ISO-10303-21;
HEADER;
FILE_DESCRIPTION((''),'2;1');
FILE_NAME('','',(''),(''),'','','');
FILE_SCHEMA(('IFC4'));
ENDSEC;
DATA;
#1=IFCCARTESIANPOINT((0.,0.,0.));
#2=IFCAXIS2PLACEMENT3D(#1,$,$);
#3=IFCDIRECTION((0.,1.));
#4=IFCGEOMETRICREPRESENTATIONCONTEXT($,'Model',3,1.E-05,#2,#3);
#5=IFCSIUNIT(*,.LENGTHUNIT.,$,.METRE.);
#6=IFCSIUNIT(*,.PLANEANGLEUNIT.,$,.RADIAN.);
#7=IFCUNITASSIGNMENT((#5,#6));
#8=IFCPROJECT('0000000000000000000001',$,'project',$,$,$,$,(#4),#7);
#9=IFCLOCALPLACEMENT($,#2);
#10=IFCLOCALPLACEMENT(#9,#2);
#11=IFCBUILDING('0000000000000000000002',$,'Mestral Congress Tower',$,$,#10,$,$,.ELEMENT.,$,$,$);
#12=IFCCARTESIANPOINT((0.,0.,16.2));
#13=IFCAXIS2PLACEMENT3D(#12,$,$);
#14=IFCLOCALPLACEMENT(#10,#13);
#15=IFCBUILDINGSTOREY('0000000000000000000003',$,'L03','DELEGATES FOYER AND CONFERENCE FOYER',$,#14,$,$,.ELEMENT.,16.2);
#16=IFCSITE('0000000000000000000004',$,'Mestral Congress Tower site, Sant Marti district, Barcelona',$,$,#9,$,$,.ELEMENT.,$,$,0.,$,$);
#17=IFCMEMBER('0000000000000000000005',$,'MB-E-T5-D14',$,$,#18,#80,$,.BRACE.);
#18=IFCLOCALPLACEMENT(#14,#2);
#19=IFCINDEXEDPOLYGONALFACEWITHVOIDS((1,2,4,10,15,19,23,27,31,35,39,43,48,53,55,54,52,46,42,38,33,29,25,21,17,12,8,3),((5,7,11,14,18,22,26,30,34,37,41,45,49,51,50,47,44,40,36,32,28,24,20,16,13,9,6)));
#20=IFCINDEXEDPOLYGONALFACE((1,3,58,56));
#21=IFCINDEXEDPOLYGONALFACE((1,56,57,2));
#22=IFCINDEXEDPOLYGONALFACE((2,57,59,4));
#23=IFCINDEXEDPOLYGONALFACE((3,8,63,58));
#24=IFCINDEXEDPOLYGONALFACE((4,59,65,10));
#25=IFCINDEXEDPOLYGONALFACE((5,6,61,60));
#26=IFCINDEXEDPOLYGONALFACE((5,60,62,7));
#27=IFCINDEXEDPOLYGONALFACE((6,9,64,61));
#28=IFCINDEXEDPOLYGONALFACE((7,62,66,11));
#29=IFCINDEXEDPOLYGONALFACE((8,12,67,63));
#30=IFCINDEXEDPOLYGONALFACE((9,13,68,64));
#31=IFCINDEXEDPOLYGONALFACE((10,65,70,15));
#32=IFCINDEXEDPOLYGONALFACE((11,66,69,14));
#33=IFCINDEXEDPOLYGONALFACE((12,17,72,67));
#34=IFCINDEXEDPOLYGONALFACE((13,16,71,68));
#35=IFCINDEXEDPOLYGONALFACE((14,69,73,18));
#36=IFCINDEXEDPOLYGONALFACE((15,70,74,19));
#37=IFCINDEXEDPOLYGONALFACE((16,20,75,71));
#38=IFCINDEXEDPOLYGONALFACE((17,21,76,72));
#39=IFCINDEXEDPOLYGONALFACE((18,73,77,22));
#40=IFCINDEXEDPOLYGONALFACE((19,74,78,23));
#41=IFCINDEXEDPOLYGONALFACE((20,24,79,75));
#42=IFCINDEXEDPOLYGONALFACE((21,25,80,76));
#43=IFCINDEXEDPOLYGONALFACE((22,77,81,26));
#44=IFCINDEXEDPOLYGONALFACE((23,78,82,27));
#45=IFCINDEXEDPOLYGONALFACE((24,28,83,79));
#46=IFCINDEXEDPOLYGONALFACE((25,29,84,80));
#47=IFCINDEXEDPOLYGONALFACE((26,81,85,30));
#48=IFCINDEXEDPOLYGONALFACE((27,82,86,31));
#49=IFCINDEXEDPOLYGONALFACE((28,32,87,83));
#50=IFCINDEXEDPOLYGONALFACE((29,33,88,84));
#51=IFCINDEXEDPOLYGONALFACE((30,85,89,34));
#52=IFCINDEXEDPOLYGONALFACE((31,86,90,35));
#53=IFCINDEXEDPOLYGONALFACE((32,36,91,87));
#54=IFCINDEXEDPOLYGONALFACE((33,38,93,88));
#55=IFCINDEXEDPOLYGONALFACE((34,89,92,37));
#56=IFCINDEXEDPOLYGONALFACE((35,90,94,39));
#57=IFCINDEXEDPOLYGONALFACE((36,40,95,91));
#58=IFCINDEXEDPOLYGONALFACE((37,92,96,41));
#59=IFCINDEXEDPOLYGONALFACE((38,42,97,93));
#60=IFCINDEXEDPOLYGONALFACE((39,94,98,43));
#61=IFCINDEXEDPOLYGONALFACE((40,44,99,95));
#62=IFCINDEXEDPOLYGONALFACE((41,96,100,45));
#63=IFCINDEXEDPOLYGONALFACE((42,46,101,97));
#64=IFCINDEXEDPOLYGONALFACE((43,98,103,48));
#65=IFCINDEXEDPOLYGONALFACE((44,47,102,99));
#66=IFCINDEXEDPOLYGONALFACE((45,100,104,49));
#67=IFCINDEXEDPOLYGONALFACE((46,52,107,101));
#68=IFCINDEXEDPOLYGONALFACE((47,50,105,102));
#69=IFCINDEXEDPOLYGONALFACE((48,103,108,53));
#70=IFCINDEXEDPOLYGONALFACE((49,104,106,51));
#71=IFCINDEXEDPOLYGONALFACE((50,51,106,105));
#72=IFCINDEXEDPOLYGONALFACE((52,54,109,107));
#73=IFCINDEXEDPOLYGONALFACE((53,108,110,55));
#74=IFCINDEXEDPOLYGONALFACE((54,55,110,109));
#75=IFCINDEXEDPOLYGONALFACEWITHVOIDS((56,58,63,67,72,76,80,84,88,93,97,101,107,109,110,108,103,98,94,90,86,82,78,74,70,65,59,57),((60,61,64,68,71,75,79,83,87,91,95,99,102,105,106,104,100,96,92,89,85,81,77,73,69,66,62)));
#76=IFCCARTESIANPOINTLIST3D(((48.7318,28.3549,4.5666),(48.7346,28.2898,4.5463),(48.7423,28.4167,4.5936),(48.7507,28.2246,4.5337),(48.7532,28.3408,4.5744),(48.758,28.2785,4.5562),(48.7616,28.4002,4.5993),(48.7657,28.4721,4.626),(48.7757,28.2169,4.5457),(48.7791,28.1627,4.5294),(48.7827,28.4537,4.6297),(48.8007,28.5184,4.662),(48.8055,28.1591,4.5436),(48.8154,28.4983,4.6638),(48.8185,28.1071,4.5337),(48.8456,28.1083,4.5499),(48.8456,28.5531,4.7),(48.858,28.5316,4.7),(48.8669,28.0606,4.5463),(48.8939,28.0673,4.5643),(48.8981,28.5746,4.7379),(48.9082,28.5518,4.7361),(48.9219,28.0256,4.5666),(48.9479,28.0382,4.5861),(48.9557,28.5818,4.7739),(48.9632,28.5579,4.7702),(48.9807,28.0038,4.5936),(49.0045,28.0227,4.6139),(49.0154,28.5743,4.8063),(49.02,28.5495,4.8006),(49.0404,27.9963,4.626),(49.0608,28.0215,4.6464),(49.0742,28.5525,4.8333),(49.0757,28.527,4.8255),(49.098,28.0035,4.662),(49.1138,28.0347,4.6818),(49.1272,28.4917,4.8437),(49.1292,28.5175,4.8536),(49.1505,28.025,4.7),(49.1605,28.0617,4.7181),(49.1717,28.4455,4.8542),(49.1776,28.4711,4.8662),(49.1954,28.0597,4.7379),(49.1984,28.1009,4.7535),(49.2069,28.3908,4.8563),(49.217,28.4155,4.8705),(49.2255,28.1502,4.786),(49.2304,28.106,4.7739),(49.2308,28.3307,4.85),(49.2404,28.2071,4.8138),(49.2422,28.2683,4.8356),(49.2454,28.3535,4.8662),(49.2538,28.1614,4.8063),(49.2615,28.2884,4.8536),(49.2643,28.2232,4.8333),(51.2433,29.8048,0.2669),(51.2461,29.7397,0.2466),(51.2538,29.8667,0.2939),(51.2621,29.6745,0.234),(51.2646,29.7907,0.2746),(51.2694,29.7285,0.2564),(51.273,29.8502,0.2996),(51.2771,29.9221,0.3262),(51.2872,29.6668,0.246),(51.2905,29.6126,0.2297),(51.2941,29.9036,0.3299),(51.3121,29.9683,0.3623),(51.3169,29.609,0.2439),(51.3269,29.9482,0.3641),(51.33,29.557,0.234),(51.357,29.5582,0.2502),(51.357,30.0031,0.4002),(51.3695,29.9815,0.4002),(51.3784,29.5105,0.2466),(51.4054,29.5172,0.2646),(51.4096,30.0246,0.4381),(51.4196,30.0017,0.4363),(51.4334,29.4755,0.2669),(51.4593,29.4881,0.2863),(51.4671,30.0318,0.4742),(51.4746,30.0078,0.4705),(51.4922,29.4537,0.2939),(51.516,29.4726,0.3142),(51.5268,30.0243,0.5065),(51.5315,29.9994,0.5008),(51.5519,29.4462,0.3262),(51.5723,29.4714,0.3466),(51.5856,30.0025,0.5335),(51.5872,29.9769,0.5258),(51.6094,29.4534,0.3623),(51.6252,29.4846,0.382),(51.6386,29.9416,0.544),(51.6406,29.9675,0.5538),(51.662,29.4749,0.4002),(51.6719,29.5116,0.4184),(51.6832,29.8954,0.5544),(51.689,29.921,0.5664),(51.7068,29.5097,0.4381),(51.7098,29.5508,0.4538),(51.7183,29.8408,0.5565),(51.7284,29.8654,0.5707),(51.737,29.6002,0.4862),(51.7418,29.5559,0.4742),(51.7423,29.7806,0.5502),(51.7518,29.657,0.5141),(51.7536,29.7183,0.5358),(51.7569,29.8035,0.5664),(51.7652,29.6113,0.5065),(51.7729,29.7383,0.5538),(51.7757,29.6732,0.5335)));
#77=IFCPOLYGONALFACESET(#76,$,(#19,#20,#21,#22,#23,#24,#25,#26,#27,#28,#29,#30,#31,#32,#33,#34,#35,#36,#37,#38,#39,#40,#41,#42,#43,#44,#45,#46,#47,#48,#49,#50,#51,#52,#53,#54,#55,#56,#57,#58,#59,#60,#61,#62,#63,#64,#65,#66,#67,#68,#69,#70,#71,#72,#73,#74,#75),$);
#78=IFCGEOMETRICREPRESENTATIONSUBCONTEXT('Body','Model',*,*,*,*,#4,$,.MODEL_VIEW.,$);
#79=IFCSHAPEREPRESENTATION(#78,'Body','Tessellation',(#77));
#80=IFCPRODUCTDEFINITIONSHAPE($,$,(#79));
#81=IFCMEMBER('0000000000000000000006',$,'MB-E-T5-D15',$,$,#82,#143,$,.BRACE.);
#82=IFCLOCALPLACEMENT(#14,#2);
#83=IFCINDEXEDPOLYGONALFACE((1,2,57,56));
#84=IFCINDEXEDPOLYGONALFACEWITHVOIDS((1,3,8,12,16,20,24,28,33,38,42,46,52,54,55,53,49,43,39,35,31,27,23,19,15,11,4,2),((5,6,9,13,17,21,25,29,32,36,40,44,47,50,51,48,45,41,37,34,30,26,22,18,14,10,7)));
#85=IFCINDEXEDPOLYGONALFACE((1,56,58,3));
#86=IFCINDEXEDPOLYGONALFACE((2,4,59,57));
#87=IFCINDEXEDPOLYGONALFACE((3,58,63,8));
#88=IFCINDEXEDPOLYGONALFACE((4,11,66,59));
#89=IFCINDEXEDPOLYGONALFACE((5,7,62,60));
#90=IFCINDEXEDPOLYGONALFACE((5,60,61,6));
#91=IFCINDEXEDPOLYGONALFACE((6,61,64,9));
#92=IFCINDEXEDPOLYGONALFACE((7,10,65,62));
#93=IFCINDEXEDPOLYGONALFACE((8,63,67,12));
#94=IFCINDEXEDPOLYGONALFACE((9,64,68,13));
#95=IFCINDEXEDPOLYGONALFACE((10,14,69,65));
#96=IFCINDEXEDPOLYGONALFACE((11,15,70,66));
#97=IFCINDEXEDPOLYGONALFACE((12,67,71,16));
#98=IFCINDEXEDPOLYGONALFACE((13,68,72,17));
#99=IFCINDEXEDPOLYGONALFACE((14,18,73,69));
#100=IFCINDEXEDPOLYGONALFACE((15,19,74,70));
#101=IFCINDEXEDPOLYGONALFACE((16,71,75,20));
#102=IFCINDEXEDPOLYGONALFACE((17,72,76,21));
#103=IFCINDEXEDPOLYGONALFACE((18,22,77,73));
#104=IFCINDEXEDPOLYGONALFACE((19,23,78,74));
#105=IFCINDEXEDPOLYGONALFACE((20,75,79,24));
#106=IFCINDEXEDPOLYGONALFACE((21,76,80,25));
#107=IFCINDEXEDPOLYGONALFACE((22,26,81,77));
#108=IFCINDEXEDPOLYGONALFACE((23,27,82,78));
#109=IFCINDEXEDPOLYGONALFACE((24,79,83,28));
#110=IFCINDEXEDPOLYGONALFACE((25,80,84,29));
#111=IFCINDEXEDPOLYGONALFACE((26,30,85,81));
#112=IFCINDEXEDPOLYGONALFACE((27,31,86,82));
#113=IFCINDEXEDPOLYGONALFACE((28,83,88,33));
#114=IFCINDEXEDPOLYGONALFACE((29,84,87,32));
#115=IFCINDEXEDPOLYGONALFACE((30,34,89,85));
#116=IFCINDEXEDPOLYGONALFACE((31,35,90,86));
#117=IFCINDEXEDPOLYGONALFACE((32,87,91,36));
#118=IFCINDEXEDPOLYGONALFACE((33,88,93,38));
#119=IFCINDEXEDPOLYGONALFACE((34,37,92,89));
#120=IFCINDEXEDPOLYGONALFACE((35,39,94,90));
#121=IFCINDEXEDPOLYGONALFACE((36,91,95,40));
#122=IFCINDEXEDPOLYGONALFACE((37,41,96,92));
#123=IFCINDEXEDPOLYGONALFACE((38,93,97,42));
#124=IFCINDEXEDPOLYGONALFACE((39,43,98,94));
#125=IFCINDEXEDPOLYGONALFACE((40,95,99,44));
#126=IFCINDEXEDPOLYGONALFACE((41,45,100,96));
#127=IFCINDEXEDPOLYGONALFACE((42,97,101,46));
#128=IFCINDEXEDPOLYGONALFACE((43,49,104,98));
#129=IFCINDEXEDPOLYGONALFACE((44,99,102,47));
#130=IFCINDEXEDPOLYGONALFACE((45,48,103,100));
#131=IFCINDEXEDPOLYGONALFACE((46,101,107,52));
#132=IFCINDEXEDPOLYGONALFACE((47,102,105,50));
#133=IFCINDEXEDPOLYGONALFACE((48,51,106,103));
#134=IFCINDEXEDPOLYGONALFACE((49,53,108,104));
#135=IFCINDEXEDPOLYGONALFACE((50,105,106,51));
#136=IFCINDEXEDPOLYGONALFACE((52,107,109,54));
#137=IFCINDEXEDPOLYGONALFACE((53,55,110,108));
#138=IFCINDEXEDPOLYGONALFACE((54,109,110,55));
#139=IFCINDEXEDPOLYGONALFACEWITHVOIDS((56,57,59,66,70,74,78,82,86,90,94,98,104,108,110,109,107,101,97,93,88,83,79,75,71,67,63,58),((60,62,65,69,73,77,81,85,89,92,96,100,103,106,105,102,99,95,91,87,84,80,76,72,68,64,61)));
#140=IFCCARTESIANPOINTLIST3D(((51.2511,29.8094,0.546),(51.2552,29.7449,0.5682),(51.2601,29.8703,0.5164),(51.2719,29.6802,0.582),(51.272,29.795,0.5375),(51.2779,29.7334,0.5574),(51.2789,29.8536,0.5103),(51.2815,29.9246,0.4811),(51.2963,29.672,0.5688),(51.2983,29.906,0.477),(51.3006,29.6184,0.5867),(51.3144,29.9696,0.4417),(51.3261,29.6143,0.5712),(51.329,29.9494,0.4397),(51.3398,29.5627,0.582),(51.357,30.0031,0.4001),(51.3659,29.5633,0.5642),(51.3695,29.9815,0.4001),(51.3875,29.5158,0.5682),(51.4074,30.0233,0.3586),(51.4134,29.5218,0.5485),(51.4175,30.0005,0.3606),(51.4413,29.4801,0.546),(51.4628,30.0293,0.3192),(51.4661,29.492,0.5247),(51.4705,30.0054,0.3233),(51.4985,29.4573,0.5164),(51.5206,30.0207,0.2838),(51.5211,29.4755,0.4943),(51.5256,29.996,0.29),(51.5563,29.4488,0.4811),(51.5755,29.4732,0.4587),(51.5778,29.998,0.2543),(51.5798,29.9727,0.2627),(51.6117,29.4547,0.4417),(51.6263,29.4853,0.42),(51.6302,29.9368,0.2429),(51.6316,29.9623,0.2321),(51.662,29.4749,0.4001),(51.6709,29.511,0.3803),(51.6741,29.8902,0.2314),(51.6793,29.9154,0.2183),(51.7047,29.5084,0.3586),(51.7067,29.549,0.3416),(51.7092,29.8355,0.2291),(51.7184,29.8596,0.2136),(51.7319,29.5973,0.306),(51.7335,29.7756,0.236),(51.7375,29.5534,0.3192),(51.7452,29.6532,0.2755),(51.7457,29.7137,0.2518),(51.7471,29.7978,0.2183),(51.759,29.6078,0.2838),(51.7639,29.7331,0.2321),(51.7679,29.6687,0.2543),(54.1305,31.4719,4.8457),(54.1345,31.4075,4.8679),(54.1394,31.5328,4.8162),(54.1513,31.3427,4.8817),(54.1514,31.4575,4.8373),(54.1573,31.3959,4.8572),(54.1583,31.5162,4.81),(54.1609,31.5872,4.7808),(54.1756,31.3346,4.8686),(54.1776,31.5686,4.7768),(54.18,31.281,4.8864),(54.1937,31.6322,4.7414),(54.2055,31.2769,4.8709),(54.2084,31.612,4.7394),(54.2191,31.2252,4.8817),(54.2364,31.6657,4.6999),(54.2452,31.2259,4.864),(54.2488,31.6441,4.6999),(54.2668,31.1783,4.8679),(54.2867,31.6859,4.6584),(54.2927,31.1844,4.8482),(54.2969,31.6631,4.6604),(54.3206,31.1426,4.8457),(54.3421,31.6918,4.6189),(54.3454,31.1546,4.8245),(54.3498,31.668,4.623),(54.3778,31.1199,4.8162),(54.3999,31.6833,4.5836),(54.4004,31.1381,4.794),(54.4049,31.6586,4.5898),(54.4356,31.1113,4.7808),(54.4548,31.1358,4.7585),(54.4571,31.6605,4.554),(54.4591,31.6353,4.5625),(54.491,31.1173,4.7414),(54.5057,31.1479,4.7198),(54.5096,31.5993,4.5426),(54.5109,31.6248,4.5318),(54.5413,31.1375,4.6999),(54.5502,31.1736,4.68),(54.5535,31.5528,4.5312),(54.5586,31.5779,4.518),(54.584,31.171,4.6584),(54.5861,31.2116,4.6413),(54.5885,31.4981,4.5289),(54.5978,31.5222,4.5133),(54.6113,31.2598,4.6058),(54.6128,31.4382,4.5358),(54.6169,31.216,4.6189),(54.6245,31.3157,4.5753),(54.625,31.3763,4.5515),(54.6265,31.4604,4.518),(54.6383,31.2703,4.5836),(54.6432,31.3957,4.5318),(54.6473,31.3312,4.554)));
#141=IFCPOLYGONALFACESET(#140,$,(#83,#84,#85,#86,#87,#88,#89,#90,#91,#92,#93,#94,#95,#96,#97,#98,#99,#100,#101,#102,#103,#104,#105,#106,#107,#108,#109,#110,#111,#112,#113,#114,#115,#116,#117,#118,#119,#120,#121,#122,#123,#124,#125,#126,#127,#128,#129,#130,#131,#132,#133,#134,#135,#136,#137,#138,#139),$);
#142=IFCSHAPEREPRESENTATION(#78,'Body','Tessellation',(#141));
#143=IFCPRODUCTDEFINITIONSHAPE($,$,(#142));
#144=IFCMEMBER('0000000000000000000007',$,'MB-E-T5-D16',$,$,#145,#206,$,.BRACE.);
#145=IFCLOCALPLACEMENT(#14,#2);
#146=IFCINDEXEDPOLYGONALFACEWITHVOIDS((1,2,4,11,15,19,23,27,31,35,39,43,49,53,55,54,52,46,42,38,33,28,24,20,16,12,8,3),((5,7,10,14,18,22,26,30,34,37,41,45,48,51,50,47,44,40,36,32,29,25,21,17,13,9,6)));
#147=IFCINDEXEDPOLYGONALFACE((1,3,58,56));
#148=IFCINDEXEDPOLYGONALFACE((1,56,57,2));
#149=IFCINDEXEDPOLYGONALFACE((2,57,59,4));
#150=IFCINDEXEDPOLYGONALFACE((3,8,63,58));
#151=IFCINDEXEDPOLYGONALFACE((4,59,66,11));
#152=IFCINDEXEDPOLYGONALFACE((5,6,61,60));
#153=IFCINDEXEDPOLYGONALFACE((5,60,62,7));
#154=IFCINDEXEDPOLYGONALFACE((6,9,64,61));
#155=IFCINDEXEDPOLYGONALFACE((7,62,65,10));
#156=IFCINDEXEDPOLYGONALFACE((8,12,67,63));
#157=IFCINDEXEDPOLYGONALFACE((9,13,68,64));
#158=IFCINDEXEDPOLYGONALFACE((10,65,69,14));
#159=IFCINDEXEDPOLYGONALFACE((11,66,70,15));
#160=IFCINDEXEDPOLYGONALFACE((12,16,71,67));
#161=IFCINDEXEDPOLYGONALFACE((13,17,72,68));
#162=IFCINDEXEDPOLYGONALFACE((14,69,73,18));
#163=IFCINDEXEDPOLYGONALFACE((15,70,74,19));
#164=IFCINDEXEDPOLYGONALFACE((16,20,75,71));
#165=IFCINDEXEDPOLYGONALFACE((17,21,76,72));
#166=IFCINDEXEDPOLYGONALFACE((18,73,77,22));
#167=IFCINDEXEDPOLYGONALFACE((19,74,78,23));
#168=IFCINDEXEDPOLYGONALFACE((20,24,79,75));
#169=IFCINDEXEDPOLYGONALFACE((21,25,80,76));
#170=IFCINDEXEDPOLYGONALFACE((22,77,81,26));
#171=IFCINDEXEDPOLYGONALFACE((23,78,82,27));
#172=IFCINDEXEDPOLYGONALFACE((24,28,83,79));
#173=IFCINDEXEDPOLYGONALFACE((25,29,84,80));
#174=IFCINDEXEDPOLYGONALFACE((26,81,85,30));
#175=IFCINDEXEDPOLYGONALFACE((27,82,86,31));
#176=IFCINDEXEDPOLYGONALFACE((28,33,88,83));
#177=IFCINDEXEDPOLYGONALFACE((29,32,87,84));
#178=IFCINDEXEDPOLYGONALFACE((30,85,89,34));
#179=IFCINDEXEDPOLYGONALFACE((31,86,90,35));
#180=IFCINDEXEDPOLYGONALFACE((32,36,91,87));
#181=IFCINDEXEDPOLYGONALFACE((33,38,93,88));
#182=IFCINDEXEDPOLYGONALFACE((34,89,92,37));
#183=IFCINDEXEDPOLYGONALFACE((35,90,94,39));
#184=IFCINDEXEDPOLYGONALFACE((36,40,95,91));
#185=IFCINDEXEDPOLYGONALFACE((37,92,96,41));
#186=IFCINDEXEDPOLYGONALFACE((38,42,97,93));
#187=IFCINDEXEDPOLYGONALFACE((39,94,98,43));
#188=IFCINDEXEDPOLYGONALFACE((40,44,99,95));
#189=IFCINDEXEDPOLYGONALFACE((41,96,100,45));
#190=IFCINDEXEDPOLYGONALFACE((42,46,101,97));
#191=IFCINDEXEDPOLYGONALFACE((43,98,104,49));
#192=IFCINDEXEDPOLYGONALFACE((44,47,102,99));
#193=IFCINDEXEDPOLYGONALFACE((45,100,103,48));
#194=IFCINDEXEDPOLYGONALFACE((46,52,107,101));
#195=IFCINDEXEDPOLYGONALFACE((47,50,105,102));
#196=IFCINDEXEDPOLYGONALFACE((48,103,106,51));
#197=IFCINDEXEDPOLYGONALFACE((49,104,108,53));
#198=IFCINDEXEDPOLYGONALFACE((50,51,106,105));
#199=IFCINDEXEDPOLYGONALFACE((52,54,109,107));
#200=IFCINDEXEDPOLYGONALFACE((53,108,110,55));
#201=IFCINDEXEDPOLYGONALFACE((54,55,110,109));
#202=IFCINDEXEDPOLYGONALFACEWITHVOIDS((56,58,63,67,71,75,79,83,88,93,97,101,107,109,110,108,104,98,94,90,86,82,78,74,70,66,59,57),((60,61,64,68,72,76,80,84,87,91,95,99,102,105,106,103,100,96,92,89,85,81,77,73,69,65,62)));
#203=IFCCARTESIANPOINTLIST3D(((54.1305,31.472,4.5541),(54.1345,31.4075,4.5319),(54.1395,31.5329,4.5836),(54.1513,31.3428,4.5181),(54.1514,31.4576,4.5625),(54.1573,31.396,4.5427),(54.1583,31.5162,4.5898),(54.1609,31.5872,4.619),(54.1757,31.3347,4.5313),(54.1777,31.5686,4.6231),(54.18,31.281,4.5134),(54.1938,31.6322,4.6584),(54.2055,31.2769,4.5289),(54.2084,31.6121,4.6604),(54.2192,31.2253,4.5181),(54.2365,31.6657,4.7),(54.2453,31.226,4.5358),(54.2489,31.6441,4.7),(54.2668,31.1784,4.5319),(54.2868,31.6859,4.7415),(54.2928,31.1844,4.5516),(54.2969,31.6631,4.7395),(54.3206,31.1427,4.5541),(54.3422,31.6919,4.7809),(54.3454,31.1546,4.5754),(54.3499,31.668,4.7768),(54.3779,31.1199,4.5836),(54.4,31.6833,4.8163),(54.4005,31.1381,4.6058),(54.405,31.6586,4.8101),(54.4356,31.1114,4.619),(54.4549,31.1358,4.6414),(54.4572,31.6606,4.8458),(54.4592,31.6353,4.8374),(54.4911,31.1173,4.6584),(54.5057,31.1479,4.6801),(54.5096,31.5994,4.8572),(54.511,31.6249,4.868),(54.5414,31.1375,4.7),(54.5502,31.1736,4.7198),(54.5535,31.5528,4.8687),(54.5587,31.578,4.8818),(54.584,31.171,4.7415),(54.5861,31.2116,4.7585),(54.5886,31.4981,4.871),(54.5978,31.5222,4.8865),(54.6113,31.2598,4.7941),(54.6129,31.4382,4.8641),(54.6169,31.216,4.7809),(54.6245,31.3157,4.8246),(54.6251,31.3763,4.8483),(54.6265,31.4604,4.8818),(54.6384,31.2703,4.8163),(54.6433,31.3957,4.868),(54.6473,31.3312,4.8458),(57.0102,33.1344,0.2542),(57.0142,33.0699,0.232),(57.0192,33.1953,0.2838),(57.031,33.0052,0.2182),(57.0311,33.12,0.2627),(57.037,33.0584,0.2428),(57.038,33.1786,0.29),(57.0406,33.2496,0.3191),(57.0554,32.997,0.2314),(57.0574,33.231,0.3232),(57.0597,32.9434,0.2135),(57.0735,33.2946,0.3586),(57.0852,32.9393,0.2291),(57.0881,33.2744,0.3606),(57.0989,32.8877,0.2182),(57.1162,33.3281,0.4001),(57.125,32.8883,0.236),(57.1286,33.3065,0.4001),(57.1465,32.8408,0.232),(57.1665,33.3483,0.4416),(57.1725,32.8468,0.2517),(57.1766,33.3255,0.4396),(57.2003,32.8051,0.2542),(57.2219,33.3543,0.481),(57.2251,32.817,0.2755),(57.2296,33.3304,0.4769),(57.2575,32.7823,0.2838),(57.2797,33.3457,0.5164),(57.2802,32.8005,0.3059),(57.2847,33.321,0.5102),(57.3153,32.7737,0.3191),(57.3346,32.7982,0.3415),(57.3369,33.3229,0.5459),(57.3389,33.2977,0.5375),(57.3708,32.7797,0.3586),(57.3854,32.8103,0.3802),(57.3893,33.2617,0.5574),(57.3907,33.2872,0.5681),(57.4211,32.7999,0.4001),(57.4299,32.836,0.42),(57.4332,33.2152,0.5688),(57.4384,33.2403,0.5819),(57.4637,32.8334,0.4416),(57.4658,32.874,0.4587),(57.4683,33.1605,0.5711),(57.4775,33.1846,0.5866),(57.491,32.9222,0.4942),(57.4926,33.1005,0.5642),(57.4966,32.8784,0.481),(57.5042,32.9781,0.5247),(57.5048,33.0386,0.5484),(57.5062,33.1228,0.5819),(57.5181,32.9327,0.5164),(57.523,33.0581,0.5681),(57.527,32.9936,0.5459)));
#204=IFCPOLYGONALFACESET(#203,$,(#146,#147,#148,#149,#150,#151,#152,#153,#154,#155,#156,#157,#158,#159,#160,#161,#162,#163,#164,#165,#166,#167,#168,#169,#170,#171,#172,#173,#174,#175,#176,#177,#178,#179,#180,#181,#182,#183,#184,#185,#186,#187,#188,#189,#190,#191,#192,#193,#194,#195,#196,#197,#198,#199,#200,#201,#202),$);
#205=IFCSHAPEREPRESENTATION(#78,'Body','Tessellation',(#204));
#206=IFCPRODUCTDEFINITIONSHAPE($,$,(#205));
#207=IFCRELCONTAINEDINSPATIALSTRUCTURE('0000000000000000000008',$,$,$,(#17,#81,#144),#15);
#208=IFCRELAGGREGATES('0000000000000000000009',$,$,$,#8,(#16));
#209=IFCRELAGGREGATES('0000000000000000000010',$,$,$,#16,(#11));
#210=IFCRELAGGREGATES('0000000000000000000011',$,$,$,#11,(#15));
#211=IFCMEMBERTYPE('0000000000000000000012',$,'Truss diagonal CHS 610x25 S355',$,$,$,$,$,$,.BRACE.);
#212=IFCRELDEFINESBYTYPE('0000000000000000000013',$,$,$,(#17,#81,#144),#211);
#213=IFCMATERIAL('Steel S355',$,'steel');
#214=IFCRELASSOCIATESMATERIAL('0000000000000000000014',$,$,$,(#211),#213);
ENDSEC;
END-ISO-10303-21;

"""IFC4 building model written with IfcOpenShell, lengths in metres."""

from ifc_helpers import new_model, si_unit, direction, frame, origin, origin_2d, place, context, subcontext, project, spatial, hollow_circle, extrude, material, material_profile, profile_set, type_object, element, save


model = new_model("IFC4")

# Units and contexts
model_context = context("Model", 3, precision=1e-05, world=origin(), true_north=direction((0.0, 1.0)))
body_context = subcontext(model_context, "Body", "Model", "MODEL_VIEW")
ifc_project = project(units=[si_unit("LENGTHUNIT", "METRE"), si_unit("PLANEANGLEUNIT", "RADIAN")], contexts=[model_context])

# Site, building, storey
site_placement = place(None, origin())
site = spatial("IfcSite", under=ifc_project, at=site_placement, Name="Mestral Congress Tower site, Sant Marti district, Barcelona", CompositionType="ELEMENT", RefElevation=0.0)
building_placement = place(site_placement, origin())
building = spatial("IfcBuilding", under=site, at=building_placement, Name="Mestral Congress Tower", CompositionType="ELEMENT")
storey_placement = place(building_placement, frame((0.0, 0.0, 16.2)))
storey = spatial("IfcBuildingStorey", under=building, at=storey_placement, Name="L03", Description="DELEGATES FOYER AND CONFERENCE FOYER", CompositionType="ELEMENT", Elevation=16.2)

# Members
ifc_material_1 = material(Name="Steel S355", Category="steel")
ifc_material_profile_1 = material_profile(ifc_material_1, hollow_circle(Radius=0.3049, WallThickness=0.0249, at=origin_2d()), Name="CHS 610x25")
ifc_profile_set_1 = profile_set([ifc_material_profile_1], Name="Steel S355")
member_type_1 = type_object("IfcMemberType", Name="Truss diagonal CHS 610x25 S355", PredefinedType="BRACE", material=ifc_profile_set_1)
member_1_placement = place(storey_placement, frame((48.998, 28.2891, 4.7), z_axis=(0.484247, 0.279571, -0.829062), x_axis=(-0.499987, 0.866033, 0.0)))
element("IfcMember", 1, at=member_1_placement, inside=storey, type_object=member_type_1, Name="MB-E-T5-D14", PredefinedType="BRACE", context=body_context, shape_type="SweptSolid", body=[
    extrude(hollow_circle(Radius=0.3049, WallThickness=0.0249, at=origin_2d()), origin(), (0.0, 0.0, 1.0), 5.1863),
])
member_2_placement = place(storey_placement, frame((51.5095, 29.739, 0.4001), z_axis=(0.529749, 0.305884, 0.791076), x_axis=(-0.50004, 0.866002, 0.0)))
element("IfcMember", 2, at=member_2_placement, inside=storey, type_object=member_type_1, Name="MB-E-T5-D15", PredefinedType="BRACE", context=body_context, shape_type="SweptSolid", body=[
    extrude(hollow_circle(Radius=0.3049, WallThickness=0.0249, at=origin_2d()), origin(), (0.0, 0.0, 1.0), 5.4353),
])
for number, where, z_axis, x_axis, name in (
    (3, (54.3889, 31.4016, 4.7), (0.529789, 0.305836, -0.791068), (-0.499953, 0.866052, 0.0), "MB-E-T5-D16"),
):
    element("IfcMember", number, at=place(storey_placement, frame(where, z_axis=z_axis, x_axis=x_axis)), inside=storey, type_object=member_type_1, Name=name, PredefinedType="BRACE", context=body_context, shape_type="SweptSolid", body=[
        extrude(hollow_circle(Radius=0.3049, WallThickness=0.0249, at=origin_2d()), origin(), (0.0, 0.0, 1.0), 5.4355),
    ])

save(model, "model.ifc")
